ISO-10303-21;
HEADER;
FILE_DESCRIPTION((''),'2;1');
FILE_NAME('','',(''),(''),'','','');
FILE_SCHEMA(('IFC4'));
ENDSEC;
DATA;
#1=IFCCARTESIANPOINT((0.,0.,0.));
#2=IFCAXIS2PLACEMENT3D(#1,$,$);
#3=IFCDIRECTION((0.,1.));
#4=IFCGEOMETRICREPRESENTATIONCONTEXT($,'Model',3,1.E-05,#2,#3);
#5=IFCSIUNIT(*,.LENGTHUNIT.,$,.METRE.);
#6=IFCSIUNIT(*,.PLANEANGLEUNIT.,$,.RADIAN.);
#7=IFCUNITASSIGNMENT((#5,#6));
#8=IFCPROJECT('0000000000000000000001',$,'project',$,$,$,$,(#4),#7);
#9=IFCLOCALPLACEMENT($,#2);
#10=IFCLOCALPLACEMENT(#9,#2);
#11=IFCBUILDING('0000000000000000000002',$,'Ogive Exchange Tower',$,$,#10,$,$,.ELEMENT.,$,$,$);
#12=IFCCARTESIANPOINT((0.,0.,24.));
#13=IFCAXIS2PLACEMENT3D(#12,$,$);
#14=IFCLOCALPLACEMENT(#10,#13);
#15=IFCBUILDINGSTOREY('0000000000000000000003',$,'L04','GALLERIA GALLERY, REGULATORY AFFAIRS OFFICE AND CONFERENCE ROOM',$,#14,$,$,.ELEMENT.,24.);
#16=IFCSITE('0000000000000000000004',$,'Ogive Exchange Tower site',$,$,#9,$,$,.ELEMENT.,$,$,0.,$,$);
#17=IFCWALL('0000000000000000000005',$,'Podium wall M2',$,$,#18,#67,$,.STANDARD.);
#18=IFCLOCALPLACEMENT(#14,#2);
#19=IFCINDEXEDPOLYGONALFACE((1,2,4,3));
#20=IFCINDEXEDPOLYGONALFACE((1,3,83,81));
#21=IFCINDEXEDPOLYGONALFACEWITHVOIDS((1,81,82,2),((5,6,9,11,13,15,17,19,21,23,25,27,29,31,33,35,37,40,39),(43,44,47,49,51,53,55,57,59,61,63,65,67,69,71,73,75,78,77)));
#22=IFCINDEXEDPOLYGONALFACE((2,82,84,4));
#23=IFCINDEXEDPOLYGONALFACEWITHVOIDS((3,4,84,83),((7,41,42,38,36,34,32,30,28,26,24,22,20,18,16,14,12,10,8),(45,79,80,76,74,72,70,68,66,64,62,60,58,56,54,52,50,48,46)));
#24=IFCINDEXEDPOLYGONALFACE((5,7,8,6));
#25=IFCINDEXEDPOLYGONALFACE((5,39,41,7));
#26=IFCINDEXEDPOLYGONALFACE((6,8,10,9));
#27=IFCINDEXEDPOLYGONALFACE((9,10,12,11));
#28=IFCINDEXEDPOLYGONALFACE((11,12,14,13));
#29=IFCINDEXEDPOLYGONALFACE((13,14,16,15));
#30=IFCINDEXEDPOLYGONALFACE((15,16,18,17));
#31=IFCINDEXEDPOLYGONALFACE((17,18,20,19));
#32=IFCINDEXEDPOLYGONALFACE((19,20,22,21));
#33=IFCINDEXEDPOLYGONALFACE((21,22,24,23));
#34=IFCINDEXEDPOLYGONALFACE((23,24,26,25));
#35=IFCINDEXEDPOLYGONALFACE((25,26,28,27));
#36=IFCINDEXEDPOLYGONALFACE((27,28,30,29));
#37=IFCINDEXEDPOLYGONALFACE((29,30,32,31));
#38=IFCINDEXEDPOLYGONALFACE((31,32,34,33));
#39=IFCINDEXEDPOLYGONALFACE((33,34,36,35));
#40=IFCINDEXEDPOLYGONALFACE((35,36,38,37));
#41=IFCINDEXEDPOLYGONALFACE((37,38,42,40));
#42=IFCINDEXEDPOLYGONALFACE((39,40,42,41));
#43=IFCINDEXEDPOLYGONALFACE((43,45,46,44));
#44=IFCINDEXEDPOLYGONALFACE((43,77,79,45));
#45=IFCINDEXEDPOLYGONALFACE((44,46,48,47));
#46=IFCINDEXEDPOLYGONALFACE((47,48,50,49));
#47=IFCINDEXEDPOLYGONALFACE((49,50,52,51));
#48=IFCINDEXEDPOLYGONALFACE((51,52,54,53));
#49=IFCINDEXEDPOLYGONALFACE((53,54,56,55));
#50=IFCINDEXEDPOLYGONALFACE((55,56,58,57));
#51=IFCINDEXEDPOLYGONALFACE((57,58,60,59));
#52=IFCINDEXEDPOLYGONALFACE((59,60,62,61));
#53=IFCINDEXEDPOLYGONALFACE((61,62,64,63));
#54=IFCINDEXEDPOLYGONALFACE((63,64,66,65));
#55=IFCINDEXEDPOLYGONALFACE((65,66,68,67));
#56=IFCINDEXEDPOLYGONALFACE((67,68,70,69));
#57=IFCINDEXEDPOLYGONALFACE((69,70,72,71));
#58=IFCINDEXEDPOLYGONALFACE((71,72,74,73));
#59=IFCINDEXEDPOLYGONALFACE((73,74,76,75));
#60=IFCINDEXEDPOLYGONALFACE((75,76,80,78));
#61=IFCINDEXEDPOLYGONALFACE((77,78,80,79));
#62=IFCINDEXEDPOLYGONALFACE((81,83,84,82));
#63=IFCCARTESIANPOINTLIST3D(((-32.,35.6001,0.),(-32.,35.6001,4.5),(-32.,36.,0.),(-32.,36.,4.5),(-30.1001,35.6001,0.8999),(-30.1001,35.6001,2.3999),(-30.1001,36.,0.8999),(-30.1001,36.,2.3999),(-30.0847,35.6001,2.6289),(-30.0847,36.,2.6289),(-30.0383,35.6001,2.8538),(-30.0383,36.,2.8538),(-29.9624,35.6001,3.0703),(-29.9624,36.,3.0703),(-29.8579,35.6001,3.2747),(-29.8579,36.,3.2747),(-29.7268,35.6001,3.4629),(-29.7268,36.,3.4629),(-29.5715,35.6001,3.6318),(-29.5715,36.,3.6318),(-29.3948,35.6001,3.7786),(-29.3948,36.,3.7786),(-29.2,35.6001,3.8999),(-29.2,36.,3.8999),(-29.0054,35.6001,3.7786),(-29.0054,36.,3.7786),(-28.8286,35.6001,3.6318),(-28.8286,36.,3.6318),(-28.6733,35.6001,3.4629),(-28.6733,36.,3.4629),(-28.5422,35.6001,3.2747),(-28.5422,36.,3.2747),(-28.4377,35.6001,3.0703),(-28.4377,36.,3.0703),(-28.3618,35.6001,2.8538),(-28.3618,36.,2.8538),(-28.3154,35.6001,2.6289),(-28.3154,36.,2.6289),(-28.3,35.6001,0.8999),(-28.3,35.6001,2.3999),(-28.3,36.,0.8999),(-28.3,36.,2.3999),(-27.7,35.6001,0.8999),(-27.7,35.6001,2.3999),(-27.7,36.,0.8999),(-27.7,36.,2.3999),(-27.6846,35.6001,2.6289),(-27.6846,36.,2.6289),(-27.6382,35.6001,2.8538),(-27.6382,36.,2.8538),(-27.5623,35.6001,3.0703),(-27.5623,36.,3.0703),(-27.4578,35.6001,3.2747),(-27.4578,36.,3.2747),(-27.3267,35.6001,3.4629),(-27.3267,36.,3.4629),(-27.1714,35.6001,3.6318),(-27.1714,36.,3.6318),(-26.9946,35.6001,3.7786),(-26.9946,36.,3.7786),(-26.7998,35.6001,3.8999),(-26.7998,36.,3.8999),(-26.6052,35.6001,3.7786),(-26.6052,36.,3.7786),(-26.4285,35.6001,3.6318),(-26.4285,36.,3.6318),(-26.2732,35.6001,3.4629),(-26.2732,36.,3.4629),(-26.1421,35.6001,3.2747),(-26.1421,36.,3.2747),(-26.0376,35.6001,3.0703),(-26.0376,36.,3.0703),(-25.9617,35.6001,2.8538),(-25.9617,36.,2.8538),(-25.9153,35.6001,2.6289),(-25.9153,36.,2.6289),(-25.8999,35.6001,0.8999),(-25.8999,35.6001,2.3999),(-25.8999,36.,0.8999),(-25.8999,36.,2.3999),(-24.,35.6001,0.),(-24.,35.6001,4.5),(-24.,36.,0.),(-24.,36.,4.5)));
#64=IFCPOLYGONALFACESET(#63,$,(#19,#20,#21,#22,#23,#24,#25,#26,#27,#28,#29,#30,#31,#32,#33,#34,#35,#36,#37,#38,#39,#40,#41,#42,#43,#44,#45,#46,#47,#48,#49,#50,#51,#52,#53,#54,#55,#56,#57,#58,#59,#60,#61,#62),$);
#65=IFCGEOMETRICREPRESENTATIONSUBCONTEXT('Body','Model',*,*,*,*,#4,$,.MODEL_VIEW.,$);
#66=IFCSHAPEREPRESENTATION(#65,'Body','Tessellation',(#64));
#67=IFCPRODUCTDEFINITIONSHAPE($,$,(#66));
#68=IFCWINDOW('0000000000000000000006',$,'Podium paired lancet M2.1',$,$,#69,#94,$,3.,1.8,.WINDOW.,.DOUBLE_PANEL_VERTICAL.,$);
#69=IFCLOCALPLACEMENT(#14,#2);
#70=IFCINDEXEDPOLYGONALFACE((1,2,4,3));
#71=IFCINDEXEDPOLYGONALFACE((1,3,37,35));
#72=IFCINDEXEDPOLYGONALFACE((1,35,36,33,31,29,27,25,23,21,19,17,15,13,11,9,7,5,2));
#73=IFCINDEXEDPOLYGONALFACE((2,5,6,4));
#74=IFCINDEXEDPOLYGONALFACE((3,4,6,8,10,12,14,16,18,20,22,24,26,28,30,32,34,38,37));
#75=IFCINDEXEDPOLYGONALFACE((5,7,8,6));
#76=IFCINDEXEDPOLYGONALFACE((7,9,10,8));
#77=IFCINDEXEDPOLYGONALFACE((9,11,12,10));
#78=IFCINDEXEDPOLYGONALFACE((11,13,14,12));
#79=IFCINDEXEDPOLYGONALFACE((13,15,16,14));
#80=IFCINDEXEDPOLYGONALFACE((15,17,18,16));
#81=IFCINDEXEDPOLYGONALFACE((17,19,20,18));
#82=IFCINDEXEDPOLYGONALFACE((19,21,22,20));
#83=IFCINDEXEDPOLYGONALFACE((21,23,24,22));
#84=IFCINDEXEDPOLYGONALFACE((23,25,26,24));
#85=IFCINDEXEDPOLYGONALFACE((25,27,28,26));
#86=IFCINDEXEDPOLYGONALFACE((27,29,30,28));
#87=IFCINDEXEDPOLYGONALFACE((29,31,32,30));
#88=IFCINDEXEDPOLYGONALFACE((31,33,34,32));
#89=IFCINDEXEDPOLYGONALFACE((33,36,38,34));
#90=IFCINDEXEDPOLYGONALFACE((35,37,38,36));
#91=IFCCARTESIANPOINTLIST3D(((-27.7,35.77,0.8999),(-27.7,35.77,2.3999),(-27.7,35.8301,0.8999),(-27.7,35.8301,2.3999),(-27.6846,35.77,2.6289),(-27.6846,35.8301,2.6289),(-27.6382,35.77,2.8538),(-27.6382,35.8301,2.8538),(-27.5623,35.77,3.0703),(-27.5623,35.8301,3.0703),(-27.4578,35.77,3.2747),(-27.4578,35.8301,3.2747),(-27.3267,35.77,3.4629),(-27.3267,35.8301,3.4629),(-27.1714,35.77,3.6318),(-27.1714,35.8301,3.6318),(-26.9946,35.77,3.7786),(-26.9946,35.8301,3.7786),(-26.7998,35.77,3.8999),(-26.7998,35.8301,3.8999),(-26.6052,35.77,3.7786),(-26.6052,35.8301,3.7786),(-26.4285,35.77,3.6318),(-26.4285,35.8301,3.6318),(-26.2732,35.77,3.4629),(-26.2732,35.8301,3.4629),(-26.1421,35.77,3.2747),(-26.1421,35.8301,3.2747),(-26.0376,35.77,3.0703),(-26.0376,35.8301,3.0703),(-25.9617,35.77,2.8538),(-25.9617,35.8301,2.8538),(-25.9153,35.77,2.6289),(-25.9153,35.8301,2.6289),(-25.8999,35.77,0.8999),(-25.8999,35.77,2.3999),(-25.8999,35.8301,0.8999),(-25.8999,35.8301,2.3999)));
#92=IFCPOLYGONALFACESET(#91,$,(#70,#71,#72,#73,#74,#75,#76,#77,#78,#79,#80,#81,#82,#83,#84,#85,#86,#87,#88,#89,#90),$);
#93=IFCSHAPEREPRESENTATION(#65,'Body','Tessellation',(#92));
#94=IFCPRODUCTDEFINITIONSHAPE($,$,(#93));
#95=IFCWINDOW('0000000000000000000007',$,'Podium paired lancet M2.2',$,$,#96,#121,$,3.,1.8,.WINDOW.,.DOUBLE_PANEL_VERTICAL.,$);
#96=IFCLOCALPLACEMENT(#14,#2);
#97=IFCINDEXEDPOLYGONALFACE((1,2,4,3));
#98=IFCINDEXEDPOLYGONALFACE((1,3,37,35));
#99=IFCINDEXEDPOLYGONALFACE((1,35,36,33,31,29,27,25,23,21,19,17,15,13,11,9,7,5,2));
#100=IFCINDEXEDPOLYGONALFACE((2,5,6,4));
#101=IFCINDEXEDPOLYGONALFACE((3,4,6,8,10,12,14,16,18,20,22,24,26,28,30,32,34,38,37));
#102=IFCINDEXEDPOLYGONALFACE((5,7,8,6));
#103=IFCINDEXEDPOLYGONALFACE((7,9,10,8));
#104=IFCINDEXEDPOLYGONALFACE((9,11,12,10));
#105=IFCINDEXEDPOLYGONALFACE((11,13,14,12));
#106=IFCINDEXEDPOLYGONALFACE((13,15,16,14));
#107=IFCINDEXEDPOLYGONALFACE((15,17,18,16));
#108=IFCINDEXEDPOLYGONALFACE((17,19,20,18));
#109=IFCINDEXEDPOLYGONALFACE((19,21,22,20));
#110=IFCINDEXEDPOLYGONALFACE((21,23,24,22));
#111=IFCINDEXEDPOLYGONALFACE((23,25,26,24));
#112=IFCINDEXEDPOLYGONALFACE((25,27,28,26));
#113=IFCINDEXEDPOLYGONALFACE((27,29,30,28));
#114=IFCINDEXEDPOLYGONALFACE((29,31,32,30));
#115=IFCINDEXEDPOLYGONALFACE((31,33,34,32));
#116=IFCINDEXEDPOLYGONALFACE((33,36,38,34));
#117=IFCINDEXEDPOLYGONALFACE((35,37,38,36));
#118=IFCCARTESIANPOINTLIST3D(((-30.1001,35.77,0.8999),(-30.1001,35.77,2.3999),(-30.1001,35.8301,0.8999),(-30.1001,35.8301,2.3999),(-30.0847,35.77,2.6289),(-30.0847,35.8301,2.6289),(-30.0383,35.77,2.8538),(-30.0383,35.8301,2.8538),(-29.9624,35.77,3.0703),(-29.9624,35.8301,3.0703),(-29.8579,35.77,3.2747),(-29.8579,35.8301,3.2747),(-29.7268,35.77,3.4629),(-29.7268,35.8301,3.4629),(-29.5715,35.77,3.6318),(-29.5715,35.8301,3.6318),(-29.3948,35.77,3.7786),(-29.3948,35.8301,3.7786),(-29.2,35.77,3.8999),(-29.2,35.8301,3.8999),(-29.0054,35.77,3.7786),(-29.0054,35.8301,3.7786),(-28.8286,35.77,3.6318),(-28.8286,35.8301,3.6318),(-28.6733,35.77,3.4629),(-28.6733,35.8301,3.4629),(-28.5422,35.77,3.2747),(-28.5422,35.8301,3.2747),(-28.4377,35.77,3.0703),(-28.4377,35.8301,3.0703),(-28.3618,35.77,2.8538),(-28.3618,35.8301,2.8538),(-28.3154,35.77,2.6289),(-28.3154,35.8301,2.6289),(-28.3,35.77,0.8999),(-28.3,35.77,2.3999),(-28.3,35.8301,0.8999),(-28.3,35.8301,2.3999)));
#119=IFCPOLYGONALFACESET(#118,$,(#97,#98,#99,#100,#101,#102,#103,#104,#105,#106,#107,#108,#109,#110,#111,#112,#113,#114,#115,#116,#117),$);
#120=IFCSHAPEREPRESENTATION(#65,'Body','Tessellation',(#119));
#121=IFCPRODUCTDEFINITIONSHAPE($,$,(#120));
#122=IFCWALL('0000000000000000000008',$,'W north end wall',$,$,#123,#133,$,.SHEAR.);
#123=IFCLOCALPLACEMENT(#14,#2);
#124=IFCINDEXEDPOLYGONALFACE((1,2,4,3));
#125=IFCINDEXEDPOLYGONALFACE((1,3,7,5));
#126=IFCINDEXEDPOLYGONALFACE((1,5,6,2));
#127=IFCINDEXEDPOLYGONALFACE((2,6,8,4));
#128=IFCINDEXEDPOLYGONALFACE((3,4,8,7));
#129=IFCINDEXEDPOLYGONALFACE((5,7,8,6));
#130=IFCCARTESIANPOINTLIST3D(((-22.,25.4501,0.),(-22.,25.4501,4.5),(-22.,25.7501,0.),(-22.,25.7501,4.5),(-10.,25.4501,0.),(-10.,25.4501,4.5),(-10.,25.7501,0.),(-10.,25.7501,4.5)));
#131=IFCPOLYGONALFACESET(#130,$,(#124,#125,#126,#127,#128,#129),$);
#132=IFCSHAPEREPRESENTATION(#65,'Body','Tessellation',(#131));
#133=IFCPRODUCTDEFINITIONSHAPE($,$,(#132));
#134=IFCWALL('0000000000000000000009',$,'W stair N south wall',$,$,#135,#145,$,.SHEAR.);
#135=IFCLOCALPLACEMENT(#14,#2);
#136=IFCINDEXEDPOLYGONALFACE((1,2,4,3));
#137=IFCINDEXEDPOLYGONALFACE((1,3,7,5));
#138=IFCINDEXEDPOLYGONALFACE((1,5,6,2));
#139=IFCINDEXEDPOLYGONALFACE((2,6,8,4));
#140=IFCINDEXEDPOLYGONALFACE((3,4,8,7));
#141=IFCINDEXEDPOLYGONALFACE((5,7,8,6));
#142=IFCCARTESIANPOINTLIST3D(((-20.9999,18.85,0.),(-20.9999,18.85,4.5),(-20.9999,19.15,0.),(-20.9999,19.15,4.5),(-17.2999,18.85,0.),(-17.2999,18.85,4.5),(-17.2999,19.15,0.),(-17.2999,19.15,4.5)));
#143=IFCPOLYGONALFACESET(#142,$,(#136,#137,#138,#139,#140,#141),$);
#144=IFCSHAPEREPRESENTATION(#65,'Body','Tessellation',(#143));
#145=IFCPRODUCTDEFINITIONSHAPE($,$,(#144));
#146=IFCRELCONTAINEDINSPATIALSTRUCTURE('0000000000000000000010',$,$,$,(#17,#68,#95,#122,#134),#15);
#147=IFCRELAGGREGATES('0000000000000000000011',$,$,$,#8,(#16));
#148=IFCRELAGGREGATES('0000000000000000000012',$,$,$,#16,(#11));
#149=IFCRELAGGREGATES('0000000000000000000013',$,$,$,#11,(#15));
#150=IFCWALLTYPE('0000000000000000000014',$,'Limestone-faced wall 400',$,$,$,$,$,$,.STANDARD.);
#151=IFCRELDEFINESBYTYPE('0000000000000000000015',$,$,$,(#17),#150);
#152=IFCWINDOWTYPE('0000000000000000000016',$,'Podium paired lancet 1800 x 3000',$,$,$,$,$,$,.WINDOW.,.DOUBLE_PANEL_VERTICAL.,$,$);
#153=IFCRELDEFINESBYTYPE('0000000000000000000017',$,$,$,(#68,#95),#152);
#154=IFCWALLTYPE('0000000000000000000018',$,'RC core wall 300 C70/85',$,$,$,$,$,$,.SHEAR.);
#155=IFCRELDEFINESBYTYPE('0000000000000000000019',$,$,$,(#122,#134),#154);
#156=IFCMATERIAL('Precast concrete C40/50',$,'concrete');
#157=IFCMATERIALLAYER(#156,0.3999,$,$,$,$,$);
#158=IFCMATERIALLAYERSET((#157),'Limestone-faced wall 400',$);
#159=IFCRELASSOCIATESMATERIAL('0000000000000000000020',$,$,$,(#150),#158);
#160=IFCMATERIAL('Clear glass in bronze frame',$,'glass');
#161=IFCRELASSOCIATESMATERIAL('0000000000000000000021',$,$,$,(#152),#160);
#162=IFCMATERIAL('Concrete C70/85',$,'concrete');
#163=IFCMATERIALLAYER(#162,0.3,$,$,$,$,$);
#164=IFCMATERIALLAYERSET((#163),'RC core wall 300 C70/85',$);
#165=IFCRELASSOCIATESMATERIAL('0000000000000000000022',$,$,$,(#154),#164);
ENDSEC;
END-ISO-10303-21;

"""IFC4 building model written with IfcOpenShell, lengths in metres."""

from ifc_helpers import new_model, si_unit, direction, frame, frame_2d, origin, place, context, subcontext, project, spatial, polyline, rectangle, outline, extrude, material, layer, layer_set, type_object, element, fill, save


model = new_model("IFC4")

# Units and contexts
model_context = context("Model", 3, precision=1e-05, world=origin(), true_north=direction((0.0, 1.0)))
body_context = subcontext(model_context, "Body", "Model", "MODEL_VIEW")
ifc_project = project(units=[si_unit("LENGTHUNIT", "METRE"), si_unit("PLANEANGLEUNIT", "RADIAN")], contexts=[model_context])

# Site, building, storey
site_placement = place(None, origin())
site = spatial("IfcSite", under=ifc_project, at=site_placement, Name="Ogive Exchange Tower site", CompositionType="ELEMENT", RefElevation=0.0)
building_placement = place(site_placement, origin())
building = spatial("IfcBuilding", under=site, at=building_placement, Name="Ogive Exchange Tower", CompositionType="ELEMENT")
storey_placement = place(building_placement, frame((0.0, 0.0, 24.0)))
storey = spatial("IfcBuildingStorey", under=building, at=storey_placement, Name="L04", Description="GALLERIA GALLERY, REGULATORY AFFAIRS OFFICE AND CONFERENCE ROOM", CompositionType="ELEMENT", Elevation=24.0)

# Shared definitions
ifc_material_1 = material(Name="Concrete C70/85", Category="concrete")

# Shared definitions
ifc_material_2 = material(Name="Precast concrete C40/50", Category="concrete")
ifc_layer_1 = layer(ifc_material_2, 0.3999)
ifc_layer_set_1 = layer_set([ifc_layer_1], Name="Limestone-faced wall 400")
wall_type_1 = type_object("IfcWallType", Name="Limestone-faced wall 400", PredefinedType="STANDARD", material=ifc_layer_set_1)

# Wall, openings, windows
wall_1_placement = place(storey_placement, frame((-24.0, 35.8, 0.0), z_axis=(0.0, 0.0, 1.0), x_axis=(-1.0, 0.0, 0.0)))
wall_1 = element("IfcWall", 1, at=wall_1_placement, inside=storey, type_object=wall_type_1, Name="Podium wall M2", PredefinedType="STANDARD", context=body_context, shape_type="SweptSolid", body=[
    extrude(rectangle(XDim=8.0, YDim=0.3999, at=frame_2d((4.0, 0.0))), origin(), (0.0, 0.0, 1.0), 4.5),
])
opening_1_placement = place(wall_1_placement, frame((1.8999, 0.0, 0.8999)))
opening_1 = element("IfcOpeningElement", 2, at=opening_1_placement, cuts=wall_1, PredefinedType="OPENING", context=body_context, shape_type="SweptSolid", body=[
    extrude(outline(polyline([(0.0, 0.0), (1.8, 0.0), (1.8, 1.5), (1.7847, 1.729), (1.7383, 1.9539), (1.6624, 2.1704), (1.5579, 2.3748), (1.4268, 2.563), (1.2715, 2.7319), (1.0947, 2.8787), (0.8999, 3.0), (0.7053, 2.8787), (0.5286, 2.7319), (0.3733, 2.563), (0.2422, 2.3748), (0.1377, 2.1704), (0.0618, 1.9539), (0.0154, 1.729), (0.0, 1.5), (0.0, 0.0)])), frame((0.0, 0.21, 0.0), z_axis=(0.0, -1.0, 0.0), x_axis=(1.0, 0.0, 0.0)), (0.0, 0.0, 1.0), 0.4199),
])
opening_2_placement = place(wall_1_placement, frame((4.3, 0.0, 0.8999)))
opening_2 = element("IfcOpeningElement", 3, at=opening_2_placement, cuts=wall_1, PredefinedType="OPENING", context=body_context, shape_type="SweptSolid", body=[
    extrude(outline(polyline([(0.0, 0.0), (1.8, 0.0), (1.8, 1.5), (1.7847, 1.729), (1.7383, 1.9539), (1.6624, 2.1704), (1.5579, 2.3748), (1.4268, 2.563), (1.2715, 2.7319), (1.0947, 2.8787), (0.8999, 3.0), (0.7053, 2.8787), (0.5286, 2.7319), (0.3733, 2.563), (0.2422, 2.3748), (0.1377, 2.1704), (0.0618, 1.9539), (0.0154, 1.729), (0.0, 1.5), (0.0, 0.0)])), frame((0.0, 0.21, 0.0), z_axis=(0.0, -1.0, 0.0), x_axis=(1.0, 0.0, 0.0)), (0.0, 0.0, 1.0), 0.4199),
])
ifc_material_3 = material(Name="Clear glass in bronze frame", Category="glass")
window_type = type_object("IfcWindowType", Name="Podium paired lancet 1800 x 3000", PartitioningType="DOUBLE_PANEL_VERTICAL", PredefinedType="WINDOW", material=ifc_material_3)
window_1_placement = place(opening_1_placement, origin())
window_1 = element("IfcWindow", 4, at=window_1_placement, inside=storey, type_object=window_type, Name="Podium paired lancet M2.1", OverallHeight=3.0, OverallWidth=1.8, PartitioningType="DOUBLE_PANEL_VERTICAL", PredefinedType="WINDOW", context=body_context, shape_type="SweptSolid", body=[
    extrude(outline(polyline([(0.0, 0.0), (1.8, 0.0), (1.8, 1.5), (1.7847, 1.729), (1.7383, 1.9539), (1.6624, 2.1704), (1.5579, 2.3748), (1.4268, 2.563), (1.2715, 2.7319), (1.0947, 2.8787), (0.8999, 3.0), (0.7053, 2.8787), (0.5286, 2.7319), (0.3733, 2.563), (0.2422, 2.3748), (0.1377, 2.1704), (0.0618, 1.9539), (0.0154, 1.729), (0.0, 1.5), (0.0, 0.0)])), frame((0.0, 0.03, 0.0), z_axis=(0.0, -1.0, 0.0), x_axis=(1.0, 0.0, 0.0)), (0.0, 0.0, 1.0), 0.0601),
])
fill(opening_1, window_1)
window_2_placement = place(opening_2_placement, origin())
window_2 = element("IfcWindow", 5, at=window_2_placement, inside=storey, type_object=window_type, Name="Podium paired lancet M2.2", OverallHeight=3.0, OverallWidth=1.8, PartitioningType="DOUBLE_PANEL_VERTICAL", PredefinedType="WINDOW", context=body_context, shape_type="SweptSolid", body=[
    extrude(outline(polyline([(0.0, 0.0), (1.8, 0.0), (1.8, 1.5), (1.7847, 1.729), (1.7383, 1.9539), (1.6624, 2.1704), (1.5579, 2.3748), (1.4268, 2.563), (1.2715, 2.7319), (1.0947, 2.8787), (0.8999, 3.0), (0.7053, 2.8787), (0.5286, 2.7319), (0.3733, 2.563), (0.2422, 2.3748), (0.1377, 2.1704), (0.0618, 1.9539), (0.0154, 1.729), (0.0, 1.5), (0.0, 0.0)])), frame((0.0, 0.03, 0.0), z_axis=(0.0, -1.0, 0.0), x_axis=(1.0, 0.0, 0.0)), (0.0, 0.0, 1.0), 0.0601),
])
fill(opening_2, window_2)

# Walls
ifc_layer_2 = layer(ifc_material_1, 0.3)
ifc_layer_set_2 = layer_set([ifc_layer_2], Name="RC core wall 300 C70/85")
wall_type_2 = type_object("IfcWallType", Name="RC core wall 300 C70/85", PredefinedType="SHEAR", material=ifc_layer_set_2)
wall_2_placement = place(storey_placement, frame((-22.0, 25.6001, 0.0), z_axis=(0.0, 0.0, 1.0), x_axis=(1.0, 0.0, 0.0)))
element("IfcWall", 6, at=wall_2_placement, inside=storey, type_object=wall_type_2, Name="W north end wall", PredefinedType="SHEAR", context=body_context, shape_type="SweptSolid", body=[
    extrude(rectangle(XDim=12.0, YDim=0.3, at=frame_2d((6.0, 0.0))), origin(), (0.0, 0.0, 1.0), 4.5),
])
wall_3_placement = place(storey_placement, frame((-21.0, 19.0, 0.0), z_axis=(0.0, 0.0, 1.0), x_axis=(1.0, 0.0, 0.0)))
element("IfcWall", 7, at=wall_3_placement, inside=storey, type_object=wall_type_2, Name="W stair N south wall", PredefinedType="SHEAR", context=body_context, shape_type="SweptSolid", body=[
    extrude(rectangle(XDim=3.7, YDim=0.3, at=frame_2d((1.8501, 0.0))), origin(), (0.0, 0.0, 1.0), 4.5),
])

save(model, "model.ifc")
